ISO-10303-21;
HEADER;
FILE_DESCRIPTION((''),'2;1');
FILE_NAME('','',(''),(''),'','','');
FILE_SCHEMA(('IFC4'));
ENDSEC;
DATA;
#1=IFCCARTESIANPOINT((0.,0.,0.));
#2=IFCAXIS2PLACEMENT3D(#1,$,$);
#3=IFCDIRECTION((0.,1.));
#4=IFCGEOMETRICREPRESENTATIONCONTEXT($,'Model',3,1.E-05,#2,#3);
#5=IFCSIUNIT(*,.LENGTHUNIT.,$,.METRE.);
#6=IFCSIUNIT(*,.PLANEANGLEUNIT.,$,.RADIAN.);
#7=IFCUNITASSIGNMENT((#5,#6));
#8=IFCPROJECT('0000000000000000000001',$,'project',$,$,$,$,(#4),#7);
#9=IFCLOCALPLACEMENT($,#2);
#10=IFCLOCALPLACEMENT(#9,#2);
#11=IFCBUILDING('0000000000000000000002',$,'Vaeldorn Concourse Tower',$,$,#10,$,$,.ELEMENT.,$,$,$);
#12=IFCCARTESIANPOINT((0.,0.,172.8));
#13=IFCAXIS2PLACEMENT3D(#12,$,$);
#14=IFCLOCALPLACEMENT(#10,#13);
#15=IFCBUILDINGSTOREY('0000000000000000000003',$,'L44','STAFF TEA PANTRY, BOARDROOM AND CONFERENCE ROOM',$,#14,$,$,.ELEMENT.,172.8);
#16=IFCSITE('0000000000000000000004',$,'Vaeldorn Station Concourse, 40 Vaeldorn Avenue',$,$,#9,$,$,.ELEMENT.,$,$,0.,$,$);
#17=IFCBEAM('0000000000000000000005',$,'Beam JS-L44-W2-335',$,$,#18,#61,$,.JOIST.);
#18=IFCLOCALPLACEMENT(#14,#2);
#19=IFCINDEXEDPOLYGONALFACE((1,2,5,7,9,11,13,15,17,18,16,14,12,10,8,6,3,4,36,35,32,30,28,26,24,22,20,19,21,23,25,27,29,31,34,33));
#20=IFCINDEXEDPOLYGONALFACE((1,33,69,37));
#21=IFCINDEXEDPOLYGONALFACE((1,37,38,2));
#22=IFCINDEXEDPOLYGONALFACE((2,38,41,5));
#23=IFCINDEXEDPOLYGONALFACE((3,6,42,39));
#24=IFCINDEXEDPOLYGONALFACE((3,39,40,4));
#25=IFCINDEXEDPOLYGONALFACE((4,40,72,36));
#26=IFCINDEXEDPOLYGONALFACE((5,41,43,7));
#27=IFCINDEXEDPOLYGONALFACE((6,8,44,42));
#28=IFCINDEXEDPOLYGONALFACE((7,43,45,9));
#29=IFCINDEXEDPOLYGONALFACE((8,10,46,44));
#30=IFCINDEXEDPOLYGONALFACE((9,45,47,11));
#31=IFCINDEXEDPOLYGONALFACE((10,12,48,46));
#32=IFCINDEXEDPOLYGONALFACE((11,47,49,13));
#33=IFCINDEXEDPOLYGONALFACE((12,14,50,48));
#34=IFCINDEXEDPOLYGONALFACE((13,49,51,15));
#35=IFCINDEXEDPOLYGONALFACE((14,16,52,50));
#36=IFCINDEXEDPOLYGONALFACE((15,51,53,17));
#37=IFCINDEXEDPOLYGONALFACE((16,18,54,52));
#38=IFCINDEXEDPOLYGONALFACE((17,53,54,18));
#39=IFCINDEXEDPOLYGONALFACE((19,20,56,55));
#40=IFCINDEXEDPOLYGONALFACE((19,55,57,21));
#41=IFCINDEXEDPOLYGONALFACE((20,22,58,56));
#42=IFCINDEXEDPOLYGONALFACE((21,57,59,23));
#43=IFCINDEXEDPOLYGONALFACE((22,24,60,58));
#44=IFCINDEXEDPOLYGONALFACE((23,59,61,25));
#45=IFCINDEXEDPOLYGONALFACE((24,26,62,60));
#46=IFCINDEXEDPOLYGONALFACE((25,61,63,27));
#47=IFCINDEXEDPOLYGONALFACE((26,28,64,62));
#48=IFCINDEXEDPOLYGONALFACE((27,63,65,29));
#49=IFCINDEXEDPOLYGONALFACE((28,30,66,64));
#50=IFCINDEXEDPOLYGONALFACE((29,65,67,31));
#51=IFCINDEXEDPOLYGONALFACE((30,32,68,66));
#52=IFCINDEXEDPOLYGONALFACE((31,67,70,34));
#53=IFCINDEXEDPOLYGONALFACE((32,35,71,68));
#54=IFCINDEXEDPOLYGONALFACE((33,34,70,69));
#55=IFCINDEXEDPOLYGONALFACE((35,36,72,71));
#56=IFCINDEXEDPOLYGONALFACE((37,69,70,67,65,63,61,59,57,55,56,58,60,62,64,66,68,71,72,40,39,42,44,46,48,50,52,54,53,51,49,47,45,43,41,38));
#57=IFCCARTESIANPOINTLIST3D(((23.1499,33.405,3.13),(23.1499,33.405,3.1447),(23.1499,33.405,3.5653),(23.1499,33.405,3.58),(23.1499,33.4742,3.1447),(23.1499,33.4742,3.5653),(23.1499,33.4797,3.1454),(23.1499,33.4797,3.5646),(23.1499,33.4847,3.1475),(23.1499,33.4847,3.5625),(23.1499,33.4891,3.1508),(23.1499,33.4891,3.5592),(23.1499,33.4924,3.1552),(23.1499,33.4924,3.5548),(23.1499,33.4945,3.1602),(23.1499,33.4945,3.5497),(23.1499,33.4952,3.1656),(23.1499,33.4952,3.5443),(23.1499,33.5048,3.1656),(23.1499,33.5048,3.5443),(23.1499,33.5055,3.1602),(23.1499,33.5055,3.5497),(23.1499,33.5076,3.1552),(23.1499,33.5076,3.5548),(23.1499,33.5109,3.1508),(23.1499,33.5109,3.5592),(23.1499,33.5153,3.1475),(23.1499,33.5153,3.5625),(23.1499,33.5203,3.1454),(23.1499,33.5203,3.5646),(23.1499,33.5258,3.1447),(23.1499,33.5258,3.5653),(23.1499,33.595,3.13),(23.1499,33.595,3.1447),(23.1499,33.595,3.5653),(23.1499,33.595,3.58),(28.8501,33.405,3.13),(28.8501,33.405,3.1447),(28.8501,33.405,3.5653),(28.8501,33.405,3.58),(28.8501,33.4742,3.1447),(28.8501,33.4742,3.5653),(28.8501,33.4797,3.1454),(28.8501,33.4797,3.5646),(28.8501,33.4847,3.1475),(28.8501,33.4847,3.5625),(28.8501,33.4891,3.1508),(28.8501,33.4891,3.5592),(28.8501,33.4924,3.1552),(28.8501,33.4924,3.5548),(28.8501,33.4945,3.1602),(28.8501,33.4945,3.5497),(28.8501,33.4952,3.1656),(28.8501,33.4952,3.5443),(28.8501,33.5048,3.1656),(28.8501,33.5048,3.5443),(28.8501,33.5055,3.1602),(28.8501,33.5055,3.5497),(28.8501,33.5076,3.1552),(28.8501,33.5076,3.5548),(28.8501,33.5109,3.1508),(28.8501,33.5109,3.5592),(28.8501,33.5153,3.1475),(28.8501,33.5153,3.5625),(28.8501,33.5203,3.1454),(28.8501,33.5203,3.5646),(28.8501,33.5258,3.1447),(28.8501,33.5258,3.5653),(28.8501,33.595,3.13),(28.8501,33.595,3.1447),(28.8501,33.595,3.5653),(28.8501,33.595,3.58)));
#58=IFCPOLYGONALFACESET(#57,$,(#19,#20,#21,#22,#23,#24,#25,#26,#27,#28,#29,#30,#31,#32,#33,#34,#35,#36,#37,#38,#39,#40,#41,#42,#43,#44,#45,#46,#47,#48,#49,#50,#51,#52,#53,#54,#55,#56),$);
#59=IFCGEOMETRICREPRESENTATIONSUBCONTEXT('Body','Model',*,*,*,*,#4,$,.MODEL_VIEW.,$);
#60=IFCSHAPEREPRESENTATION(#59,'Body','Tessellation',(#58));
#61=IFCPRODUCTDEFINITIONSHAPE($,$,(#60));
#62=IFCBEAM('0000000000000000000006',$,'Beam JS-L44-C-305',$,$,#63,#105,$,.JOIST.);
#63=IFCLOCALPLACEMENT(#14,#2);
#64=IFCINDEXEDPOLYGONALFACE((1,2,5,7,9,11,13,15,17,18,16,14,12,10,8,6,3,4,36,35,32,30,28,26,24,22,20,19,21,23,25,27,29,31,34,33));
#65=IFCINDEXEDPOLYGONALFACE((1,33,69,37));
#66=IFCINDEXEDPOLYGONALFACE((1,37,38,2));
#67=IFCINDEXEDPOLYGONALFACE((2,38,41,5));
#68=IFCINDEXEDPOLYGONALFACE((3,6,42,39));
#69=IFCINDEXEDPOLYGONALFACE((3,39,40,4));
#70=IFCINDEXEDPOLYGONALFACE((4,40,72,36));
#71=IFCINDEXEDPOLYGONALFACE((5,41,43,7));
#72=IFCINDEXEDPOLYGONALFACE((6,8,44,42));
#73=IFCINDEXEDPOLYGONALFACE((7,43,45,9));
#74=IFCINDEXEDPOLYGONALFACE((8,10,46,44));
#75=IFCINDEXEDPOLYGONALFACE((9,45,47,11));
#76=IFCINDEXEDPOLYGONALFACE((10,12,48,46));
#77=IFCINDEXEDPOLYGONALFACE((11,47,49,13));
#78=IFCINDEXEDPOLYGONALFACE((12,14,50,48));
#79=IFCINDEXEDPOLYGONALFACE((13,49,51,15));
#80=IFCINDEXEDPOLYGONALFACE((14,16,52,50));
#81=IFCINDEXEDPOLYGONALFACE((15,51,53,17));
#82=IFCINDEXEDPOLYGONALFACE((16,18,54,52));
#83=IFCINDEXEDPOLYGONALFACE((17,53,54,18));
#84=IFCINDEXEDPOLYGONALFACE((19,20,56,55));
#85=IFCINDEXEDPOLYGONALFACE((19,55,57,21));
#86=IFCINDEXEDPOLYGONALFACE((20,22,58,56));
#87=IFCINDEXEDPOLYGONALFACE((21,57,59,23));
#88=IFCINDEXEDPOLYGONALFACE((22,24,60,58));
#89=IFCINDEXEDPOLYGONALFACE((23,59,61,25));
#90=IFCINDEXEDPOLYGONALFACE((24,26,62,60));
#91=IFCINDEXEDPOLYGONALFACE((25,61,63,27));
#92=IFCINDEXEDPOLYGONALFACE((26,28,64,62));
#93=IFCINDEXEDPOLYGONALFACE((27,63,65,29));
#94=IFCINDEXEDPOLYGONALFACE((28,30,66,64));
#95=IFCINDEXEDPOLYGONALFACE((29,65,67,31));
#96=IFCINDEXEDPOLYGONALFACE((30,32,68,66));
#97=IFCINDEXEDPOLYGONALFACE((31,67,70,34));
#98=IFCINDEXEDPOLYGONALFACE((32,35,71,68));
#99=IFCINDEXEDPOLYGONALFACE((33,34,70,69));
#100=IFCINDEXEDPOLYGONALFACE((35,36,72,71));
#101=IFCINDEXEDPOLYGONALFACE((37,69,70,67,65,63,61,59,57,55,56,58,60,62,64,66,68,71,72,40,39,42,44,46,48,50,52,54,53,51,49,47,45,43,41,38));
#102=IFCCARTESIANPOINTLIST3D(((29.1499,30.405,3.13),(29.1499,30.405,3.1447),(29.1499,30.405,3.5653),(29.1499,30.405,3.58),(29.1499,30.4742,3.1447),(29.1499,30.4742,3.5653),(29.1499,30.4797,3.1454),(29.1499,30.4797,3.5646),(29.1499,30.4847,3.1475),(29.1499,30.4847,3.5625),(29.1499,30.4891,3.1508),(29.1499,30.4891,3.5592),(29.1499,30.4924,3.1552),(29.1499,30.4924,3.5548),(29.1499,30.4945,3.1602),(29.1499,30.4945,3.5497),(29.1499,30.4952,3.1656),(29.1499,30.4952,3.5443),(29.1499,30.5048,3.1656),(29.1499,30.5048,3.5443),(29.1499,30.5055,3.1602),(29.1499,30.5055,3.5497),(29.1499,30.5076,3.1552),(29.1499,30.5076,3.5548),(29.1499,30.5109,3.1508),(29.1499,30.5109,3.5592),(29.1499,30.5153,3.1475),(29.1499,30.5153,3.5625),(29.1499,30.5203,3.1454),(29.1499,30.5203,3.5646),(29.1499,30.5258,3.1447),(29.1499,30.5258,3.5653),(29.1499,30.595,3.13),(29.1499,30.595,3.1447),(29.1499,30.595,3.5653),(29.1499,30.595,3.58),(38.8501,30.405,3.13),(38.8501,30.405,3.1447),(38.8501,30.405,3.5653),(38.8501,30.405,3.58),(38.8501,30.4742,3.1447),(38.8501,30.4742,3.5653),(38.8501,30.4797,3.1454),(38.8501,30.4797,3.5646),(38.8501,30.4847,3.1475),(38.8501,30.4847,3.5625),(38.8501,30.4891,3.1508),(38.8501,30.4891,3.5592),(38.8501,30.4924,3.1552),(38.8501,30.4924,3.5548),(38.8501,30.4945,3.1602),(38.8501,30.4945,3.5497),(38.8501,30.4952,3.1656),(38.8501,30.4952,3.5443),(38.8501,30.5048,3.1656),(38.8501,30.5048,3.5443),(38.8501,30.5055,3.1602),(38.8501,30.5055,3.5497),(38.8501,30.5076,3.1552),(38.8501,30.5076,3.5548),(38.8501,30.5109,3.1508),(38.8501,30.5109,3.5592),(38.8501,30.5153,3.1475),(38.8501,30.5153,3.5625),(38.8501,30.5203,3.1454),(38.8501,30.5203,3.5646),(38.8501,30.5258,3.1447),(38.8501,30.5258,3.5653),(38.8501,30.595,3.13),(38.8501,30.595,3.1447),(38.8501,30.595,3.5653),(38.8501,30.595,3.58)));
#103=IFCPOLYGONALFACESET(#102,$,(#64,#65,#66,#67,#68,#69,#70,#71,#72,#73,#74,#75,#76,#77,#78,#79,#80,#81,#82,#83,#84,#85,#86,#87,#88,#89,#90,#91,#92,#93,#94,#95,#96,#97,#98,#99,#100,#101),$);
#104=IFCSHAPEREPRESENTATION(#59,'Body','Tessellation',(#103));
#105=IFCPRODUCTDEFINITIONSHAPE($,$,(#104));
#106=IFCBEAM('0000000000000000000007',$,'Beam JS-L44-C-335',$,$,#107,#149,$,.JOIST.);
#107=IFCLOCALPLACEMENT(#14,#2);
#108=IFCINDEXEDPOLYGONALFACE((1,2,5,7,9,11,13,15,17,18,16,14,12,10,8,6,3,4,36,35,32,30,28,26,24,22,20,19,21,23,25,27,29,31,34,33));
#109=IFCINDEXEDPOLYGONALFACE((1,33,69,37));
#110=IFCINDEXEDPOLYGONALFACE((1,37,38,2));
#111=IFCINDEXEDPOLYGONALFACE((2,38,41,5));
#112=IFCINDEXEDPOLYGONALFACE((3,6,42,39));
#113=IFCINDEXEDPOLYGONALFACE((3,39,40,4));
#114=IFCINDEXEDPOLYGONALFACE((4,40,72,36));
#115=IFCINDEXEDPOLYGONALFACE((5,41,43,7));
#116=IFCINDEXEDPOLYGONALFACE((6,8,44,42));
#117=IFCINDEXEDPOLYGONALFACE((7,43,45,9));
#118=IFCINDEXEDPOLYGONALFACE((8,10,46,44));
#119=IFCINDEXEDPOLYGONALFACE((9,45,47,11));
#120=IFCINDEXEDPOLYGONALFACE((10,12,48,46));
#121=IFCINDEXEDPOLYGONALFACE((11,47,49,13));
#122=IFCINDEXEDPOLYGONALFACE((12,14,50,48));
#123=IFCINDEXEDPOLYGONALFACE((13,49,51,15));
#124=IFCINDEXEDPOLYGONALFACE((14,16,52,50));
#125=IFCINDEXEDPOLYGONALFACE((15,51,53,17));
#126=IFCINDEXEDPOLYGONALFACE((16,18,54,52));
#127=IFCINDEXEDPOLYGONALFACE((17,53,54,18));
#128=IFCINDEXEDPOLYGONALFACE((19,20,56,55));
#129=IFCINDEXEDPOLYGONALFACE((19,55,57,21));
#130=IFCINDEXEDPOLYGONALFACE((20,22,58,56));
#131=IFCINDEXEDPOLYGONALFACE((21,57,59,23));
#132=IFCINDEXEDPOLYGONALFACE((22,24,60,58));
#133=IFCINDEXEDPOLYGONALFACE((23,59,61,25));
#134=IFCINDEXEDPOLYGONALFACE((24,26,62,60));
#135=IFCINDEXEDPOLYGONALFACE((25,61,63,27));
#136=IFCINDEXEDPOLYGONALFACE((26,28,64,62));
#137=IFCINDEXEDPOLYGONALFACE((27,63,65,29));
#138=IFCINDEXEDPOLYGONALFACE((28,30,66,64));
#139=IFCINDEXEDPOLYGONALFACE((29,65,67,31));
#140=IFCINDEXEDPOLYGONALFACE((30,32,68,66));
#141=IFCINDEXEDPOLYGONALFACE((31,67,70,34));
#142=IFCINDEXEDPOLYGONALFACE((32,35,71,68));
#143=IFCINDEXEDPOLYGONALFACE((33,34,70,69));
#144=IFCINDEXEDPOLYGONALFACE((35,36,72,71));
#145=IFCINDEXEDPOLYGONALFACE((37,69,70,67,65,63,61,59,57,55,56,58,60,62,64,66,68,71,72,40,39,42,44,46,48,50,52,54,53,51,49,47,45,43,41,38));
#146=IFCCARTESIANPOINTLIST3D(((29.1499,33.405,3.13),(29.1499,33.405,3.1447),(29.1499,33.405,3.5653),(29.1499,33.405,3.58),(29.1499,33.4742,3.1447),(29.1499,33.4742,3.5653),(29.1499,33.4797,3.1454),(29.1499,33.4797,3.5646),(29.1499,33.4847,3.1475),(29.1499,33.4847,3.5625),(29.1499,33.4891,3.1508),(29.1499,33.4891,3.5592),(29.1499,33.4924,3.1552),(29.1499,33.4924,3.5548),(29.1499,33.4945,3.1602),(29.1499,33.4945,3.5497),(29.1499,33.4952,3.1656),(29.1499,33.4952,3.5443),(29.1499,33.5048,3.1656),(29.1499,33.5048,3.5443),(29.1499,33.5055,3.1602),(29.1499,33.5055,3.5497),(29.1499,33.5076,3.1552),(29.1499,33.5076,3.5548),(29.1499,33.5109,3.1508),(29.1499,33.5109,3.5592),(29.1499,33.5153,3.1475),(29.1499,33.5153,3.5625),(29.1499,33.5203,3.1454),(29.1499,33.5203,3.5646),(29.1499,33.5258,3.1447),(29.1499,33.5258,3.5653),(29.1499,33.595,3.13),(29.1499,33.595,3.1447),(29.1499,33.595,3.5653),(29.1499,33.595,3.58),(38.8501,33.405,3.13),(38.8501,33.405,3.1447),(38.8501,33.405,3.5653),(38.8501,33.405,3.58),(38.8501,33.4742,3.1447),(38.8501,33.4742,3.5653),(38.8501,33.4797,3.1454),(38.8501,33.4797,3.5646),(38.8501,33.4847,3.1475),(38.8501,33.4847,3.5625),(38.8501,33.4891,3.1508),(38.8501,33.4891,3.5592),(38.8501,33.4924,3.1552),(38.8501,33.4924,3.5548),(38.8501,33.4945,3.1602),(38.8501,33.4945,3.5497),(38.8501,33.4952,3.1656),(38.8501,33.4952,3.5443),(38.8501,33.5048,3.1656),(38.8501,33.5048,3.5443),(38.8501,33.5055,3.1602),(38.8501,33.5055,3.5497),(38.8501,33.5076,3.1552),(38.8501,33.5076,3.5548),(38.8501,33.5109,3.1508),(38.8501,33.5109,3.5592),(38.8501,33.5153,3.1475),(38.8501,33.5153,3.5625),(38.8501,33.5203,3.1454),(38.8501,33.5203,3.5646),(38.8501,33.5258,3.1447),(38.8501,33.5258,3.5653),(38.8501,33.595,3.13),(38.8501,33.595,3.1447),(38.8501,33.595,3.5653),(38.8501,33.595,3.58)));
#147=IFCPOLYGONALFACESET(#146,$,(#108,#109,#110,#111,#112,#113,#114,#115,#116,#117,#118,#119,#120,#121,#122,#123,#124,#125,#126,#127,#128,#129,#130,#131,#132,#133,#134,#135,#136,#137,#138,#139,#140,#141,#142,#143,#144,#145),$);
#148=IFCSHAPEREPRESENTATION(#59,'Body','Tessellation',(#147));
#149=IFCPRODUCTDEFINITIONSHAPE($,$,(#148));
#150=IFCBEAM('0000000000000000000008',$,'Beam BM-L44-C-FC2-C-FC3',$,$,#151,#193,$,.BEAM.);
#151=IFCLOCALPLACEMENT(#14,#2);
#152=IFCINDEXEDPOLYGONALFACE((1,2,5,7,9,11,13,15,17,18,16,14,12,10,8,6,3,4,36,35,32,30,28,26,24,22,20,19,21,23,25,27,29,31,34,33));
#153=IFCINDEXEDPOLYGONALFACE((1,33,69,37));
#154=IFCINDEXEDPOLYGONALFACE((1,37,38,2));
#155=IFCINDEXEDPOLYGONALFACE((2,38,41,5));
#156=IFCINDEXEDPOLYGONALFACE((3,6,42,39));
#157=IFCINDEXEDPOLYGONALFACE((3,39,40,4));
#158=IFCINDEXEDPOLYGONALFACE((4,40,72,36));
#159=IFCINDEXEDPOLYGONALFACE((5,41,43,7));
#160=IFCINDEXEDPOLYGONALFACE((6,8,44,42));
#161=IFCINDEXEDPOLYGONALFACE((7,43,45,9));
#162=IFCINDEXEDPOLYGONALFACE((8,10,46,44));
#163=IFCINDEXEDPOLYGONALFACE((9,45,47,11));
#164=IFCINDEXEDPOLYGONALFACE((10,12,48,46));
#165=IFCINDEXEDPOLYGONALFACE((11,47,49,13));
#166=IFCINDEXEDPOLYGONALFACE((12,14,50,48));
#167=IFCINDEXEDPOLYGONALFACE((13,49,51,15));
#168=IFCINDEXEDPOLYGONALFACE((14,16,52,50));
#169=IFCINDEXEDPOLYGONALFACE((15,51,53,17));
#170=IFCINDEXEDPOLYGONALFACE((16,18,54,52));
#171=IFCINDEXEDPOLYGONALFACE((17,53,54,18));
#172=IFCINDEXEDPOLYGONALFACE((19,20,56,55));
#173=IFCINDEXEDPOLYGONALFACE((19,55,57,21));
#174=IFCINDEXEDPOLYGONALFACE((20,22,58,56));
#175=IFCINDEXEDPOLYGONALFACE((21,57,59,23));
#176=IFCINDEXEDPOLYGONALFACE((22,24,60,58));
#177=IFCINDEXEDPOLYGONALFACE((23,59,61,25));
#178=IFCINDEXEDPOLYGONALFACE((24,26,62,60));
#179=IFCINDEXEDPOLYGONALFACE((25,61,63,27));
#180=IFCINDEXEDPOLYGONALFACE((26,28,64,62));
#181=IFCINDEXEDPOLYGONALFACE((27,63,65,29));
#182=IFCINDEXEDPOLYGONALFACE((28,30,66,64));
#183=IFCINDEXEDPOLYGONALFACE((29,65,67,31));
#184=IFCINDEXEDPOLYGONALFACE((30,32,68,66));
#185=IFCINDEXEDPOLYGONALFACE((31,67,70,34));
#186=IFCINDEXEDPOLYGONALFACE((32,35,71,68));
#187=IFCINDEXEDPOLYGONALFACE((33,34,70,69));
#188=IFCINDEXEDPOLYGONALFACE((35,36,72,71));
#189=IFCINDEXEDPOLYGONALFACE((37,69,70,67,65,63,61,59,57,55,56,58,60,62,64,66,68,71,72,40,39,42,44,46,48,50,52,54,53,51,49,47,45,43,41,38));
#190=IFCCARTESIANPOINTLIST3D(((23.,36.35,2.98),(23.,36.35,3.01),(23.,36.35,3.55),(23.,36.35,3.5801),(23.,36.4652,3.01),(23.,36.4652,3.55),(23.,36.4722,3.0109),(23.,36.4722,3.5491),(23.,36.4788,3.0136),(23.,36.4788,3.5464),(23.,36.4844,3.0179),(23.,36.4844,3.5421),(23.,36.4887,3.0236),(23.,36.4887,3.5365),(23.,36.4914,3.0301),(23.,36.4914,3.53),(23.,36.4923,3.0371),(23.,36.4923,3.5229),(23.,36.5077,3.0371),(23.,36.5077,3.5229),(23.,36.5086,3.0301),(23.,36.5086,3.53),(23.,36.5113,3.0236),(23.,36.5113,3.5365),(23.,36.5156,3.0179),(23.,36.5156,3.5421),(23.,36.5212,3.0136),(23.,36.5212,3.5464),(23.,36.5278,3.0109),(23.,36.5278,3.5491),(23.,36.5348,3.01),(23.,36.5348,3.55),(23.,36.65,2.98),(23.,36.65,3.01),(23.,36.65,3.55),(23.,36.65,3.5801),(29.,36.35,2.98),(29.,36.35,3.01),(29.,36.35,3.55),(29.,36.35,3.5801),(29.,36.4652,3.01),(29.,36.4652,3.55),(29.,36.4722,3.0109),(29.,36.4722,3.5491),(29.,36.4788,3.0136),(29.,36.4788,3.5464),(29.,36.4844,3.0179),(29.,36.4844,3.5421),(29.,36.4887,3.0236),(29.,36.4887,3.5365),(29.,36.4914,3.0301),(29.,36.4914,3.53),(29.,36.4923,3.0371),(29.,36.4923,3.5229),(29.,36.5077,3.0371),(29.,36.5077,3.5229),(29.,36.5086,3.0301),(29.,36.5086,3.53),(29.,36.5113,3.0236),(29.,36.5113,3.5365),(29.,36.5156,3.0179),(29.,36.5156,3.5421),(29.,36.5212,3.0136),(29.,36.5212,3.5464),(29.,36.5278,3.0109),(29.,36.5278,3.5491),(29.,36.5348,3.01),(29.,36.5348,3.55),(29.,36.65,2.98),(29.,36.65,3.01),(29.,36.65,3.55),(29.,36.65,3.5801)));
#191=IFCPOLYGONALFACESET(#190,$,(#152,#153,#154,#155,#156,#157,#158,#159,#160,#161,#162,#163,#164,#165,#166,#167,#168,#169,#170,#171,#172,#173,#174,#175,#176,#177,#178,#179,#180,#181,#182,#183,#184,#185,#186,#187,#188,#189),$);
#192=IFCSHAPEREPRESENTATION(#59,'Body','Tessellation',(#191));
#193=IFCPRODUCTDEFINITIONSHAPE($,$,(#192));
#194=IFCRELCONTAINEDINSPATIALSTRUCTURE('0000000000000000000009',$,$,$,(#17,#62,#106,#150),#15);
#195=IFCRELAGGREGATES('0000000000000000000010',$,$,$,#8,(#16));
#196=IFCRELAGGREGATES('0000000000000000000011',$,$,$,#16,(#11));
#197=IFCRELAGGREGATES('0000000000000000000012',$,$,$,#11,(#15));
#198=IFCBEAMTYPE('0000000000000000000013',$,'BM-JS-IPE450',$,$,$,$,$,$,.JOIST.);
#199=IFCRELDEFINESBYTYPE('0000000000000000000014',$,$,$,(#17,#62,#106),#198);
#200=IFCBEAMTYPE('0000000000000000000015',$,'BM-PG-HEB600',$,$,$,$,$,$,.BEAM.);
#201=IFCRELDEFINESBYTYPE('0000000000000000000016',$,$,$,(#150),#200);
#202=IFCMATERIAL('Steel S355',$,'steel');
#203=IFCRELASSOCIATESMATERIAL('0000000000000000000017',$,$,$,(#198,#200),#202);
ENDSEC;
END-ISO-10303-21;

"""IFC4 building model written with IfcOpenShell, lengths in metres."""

from ifc_helpers import new_model, si_unit, direction, frame, origin, origin_2d, place, context, subcontext, project, spatial, i_section, extrude, source, transform, mapped, material, material_profile, profile_set, type_object, element, save


model = new_model("IFC4")

# Units and contexts
model_context = context("Model", 3, precision=1e-05, world=origin(), true_north=direction((0.0, 1.0)))
body_context = subcontext(model_context, "Body", "Model", "MODEL_VIEW")
ifc_project = project(units=[si_unit("LENGTHUNIT", "METRE"), si_unit("PLANEANGLEUNIT", "RADIAN")], contexts=[model_context])

# Site, building, storey
site_placement = place(None, origin())
site = spatial("IfcSite", under=ifc_project, at=site_placement, Name="Vaeldorn Station Concourse, 40 Vaeldorn Avenue", CompositionType="ELEMENT", RefElevation=0.0)
building_placement = place(site_placement, origin())
building = spatial("IfcBuilding", under=site, at=building_placement, Name="Vaeldorn Concourse Tower", CompositionType="ELEMENT")
storey_placement = place(building_placement, frame((0.0, 0.0, 172.8)))
storey = spatial("IfcBuildingStorey", under=building, at=storey_placement, Name="L44", Description="STAFF TEA PANTRY, BOARDROOM AND CONFERENCE ROOM", CompositionType="ELEMENT", Elevation=172.8)

# Shared definitions
ifc_material_1 = material(Name="Steel S355", Category="steel")

# Beams
ifc_material_profile_1 = material_profile(ifc_material_1, i_section(OverallWidth=0.1899, OverallDepth=0.45, WebThickness=0.0095, FlangeThickness=0.0146, FilletRadius=0.021, at=origin_2d()), Name="IPE 450")
ifc_profile_set_1 = profile_set([ifc_material_profile_1], Name="Steel S355")
beam_type_1 = type_object("IfcBeamType", Name="BM-JS-IPE450", PredefinedType="JOIST", material=ifc_profile_set_1)
shared_shape_1 = source(origin(), body_context, "Body", "SweptSolid", [
    extrude(i_section(OverallWidth=0.1899, OverallDepth=0.45, WebThickness=0.0095, FlangeThickness=0.0146, FilletRadius=0.021, at=origin_2d()), origin(), (0.0, 0.0, 1.0), 5.7002),
])
for number, where, z_axis, x_axis, name in (
    (1, (23.1499, 33.5, 3.355), (1.0, 0.0, 0.0), (0.0, 1.0, 0.0), "Beam JS-L44-W2-335"),
):
    element("IfcBeam", number, at=place(storey_placement, frame(where, z_axis=z_axis, x_axis=x_axis)), inside=storey, type_object=beam_type_1, Name=name, PredefinedType="JOIST", context=body_context, shape_type="MappedRepresentation", body=[
        mapped(shared_shape_1, transform((0.0, 0.0, 0.0), scale=1.0)),
    ])
shared_shape_2 = source(origin(), body_context, "Body", "SweptSolid", [
    extrude(i_section(OverallWidth=0.1899, OverallDepth=0.45, WebThickness=0.0095, FlangeThickness=0.0146, FilletRadius=0.021, at=origin_2d()), origin(), (0.0, 0.0, 1.0), 9.7002),
])
for number, where, z_axis, x_axis, name in (
    (2, (29.1499, 30.5, 3.355), (1.0, 0.0, 0.0), (0.0, 1.0, 0.0), "Beam JS-L44-C-305"),
    (3, (29.1499, 33.5, 3.355), (1.0, 0.0, 0.0), (0.0, 1.0, 0.0), "Beam JS-L44-C-335"),
):
    element("IfcBeam", number, at=place(storey_placement, frame(where, z_axis=z_axis, x_axis=x_axis)), inside=storey, type_object=beam_type_1, Name=name, PredefinedType="JOIST", context=body_context, shape_type="MappedRepresentation", body=[
        mapped(shared_shape_2, transform((0.0, 0.0, 0.0), scale=1.0)),
    ])
ifc_material_profile_2 = material_profile(ifc_material_1, i_section(OverallWidth=0.3, OverallDepth=0.6001, WebThickness=0.0154, FlangeThickness=0.03, FilletRadius=0.0271, at=origin_2d()), Name="HEB 600")
ifc_profile_set_2 = profile_set([ifc_material_profile_2], Name="Steel S355")
beam_type_2 = type_object("IfcBeamType", Name="BM-PG-HEB600", PredefinedType="BEAM", material=ifc_profile_set_2)
shared_shape_3 = source(origin(), body_context, "Body", "SweptSolid", [
    extrude(i_section(OverallWidth=0.3, OverallDepth=0.6001, WebThickness=0.0154, FlangeThickness=0.03, FilletRadius=0.0271, at=origin_2d()), origin(), (0.0, 0.0, 1.0), 6.0),
])
beam_1_placement = place(storey_placement, frame((23.0, 36.5, 3.28), z_axis=(1.0, 0.0, 0.0), x_axis=(0.0, 1.0, 0.0)))
element("IfcBeam", 4, at=beam_1_placement, inside=storey, type_object=beam_type_2, Name="Beam BM-L44-C-FC2-C-FC3", PredefinedType="BEAM", context=body_context, shape_type="MappedRepresentation", body=[
    mapped(shared_shape_3, transform((0.0, 0.0, 0.0), scale=1.0)),
])

save(model, "model.ifc")
